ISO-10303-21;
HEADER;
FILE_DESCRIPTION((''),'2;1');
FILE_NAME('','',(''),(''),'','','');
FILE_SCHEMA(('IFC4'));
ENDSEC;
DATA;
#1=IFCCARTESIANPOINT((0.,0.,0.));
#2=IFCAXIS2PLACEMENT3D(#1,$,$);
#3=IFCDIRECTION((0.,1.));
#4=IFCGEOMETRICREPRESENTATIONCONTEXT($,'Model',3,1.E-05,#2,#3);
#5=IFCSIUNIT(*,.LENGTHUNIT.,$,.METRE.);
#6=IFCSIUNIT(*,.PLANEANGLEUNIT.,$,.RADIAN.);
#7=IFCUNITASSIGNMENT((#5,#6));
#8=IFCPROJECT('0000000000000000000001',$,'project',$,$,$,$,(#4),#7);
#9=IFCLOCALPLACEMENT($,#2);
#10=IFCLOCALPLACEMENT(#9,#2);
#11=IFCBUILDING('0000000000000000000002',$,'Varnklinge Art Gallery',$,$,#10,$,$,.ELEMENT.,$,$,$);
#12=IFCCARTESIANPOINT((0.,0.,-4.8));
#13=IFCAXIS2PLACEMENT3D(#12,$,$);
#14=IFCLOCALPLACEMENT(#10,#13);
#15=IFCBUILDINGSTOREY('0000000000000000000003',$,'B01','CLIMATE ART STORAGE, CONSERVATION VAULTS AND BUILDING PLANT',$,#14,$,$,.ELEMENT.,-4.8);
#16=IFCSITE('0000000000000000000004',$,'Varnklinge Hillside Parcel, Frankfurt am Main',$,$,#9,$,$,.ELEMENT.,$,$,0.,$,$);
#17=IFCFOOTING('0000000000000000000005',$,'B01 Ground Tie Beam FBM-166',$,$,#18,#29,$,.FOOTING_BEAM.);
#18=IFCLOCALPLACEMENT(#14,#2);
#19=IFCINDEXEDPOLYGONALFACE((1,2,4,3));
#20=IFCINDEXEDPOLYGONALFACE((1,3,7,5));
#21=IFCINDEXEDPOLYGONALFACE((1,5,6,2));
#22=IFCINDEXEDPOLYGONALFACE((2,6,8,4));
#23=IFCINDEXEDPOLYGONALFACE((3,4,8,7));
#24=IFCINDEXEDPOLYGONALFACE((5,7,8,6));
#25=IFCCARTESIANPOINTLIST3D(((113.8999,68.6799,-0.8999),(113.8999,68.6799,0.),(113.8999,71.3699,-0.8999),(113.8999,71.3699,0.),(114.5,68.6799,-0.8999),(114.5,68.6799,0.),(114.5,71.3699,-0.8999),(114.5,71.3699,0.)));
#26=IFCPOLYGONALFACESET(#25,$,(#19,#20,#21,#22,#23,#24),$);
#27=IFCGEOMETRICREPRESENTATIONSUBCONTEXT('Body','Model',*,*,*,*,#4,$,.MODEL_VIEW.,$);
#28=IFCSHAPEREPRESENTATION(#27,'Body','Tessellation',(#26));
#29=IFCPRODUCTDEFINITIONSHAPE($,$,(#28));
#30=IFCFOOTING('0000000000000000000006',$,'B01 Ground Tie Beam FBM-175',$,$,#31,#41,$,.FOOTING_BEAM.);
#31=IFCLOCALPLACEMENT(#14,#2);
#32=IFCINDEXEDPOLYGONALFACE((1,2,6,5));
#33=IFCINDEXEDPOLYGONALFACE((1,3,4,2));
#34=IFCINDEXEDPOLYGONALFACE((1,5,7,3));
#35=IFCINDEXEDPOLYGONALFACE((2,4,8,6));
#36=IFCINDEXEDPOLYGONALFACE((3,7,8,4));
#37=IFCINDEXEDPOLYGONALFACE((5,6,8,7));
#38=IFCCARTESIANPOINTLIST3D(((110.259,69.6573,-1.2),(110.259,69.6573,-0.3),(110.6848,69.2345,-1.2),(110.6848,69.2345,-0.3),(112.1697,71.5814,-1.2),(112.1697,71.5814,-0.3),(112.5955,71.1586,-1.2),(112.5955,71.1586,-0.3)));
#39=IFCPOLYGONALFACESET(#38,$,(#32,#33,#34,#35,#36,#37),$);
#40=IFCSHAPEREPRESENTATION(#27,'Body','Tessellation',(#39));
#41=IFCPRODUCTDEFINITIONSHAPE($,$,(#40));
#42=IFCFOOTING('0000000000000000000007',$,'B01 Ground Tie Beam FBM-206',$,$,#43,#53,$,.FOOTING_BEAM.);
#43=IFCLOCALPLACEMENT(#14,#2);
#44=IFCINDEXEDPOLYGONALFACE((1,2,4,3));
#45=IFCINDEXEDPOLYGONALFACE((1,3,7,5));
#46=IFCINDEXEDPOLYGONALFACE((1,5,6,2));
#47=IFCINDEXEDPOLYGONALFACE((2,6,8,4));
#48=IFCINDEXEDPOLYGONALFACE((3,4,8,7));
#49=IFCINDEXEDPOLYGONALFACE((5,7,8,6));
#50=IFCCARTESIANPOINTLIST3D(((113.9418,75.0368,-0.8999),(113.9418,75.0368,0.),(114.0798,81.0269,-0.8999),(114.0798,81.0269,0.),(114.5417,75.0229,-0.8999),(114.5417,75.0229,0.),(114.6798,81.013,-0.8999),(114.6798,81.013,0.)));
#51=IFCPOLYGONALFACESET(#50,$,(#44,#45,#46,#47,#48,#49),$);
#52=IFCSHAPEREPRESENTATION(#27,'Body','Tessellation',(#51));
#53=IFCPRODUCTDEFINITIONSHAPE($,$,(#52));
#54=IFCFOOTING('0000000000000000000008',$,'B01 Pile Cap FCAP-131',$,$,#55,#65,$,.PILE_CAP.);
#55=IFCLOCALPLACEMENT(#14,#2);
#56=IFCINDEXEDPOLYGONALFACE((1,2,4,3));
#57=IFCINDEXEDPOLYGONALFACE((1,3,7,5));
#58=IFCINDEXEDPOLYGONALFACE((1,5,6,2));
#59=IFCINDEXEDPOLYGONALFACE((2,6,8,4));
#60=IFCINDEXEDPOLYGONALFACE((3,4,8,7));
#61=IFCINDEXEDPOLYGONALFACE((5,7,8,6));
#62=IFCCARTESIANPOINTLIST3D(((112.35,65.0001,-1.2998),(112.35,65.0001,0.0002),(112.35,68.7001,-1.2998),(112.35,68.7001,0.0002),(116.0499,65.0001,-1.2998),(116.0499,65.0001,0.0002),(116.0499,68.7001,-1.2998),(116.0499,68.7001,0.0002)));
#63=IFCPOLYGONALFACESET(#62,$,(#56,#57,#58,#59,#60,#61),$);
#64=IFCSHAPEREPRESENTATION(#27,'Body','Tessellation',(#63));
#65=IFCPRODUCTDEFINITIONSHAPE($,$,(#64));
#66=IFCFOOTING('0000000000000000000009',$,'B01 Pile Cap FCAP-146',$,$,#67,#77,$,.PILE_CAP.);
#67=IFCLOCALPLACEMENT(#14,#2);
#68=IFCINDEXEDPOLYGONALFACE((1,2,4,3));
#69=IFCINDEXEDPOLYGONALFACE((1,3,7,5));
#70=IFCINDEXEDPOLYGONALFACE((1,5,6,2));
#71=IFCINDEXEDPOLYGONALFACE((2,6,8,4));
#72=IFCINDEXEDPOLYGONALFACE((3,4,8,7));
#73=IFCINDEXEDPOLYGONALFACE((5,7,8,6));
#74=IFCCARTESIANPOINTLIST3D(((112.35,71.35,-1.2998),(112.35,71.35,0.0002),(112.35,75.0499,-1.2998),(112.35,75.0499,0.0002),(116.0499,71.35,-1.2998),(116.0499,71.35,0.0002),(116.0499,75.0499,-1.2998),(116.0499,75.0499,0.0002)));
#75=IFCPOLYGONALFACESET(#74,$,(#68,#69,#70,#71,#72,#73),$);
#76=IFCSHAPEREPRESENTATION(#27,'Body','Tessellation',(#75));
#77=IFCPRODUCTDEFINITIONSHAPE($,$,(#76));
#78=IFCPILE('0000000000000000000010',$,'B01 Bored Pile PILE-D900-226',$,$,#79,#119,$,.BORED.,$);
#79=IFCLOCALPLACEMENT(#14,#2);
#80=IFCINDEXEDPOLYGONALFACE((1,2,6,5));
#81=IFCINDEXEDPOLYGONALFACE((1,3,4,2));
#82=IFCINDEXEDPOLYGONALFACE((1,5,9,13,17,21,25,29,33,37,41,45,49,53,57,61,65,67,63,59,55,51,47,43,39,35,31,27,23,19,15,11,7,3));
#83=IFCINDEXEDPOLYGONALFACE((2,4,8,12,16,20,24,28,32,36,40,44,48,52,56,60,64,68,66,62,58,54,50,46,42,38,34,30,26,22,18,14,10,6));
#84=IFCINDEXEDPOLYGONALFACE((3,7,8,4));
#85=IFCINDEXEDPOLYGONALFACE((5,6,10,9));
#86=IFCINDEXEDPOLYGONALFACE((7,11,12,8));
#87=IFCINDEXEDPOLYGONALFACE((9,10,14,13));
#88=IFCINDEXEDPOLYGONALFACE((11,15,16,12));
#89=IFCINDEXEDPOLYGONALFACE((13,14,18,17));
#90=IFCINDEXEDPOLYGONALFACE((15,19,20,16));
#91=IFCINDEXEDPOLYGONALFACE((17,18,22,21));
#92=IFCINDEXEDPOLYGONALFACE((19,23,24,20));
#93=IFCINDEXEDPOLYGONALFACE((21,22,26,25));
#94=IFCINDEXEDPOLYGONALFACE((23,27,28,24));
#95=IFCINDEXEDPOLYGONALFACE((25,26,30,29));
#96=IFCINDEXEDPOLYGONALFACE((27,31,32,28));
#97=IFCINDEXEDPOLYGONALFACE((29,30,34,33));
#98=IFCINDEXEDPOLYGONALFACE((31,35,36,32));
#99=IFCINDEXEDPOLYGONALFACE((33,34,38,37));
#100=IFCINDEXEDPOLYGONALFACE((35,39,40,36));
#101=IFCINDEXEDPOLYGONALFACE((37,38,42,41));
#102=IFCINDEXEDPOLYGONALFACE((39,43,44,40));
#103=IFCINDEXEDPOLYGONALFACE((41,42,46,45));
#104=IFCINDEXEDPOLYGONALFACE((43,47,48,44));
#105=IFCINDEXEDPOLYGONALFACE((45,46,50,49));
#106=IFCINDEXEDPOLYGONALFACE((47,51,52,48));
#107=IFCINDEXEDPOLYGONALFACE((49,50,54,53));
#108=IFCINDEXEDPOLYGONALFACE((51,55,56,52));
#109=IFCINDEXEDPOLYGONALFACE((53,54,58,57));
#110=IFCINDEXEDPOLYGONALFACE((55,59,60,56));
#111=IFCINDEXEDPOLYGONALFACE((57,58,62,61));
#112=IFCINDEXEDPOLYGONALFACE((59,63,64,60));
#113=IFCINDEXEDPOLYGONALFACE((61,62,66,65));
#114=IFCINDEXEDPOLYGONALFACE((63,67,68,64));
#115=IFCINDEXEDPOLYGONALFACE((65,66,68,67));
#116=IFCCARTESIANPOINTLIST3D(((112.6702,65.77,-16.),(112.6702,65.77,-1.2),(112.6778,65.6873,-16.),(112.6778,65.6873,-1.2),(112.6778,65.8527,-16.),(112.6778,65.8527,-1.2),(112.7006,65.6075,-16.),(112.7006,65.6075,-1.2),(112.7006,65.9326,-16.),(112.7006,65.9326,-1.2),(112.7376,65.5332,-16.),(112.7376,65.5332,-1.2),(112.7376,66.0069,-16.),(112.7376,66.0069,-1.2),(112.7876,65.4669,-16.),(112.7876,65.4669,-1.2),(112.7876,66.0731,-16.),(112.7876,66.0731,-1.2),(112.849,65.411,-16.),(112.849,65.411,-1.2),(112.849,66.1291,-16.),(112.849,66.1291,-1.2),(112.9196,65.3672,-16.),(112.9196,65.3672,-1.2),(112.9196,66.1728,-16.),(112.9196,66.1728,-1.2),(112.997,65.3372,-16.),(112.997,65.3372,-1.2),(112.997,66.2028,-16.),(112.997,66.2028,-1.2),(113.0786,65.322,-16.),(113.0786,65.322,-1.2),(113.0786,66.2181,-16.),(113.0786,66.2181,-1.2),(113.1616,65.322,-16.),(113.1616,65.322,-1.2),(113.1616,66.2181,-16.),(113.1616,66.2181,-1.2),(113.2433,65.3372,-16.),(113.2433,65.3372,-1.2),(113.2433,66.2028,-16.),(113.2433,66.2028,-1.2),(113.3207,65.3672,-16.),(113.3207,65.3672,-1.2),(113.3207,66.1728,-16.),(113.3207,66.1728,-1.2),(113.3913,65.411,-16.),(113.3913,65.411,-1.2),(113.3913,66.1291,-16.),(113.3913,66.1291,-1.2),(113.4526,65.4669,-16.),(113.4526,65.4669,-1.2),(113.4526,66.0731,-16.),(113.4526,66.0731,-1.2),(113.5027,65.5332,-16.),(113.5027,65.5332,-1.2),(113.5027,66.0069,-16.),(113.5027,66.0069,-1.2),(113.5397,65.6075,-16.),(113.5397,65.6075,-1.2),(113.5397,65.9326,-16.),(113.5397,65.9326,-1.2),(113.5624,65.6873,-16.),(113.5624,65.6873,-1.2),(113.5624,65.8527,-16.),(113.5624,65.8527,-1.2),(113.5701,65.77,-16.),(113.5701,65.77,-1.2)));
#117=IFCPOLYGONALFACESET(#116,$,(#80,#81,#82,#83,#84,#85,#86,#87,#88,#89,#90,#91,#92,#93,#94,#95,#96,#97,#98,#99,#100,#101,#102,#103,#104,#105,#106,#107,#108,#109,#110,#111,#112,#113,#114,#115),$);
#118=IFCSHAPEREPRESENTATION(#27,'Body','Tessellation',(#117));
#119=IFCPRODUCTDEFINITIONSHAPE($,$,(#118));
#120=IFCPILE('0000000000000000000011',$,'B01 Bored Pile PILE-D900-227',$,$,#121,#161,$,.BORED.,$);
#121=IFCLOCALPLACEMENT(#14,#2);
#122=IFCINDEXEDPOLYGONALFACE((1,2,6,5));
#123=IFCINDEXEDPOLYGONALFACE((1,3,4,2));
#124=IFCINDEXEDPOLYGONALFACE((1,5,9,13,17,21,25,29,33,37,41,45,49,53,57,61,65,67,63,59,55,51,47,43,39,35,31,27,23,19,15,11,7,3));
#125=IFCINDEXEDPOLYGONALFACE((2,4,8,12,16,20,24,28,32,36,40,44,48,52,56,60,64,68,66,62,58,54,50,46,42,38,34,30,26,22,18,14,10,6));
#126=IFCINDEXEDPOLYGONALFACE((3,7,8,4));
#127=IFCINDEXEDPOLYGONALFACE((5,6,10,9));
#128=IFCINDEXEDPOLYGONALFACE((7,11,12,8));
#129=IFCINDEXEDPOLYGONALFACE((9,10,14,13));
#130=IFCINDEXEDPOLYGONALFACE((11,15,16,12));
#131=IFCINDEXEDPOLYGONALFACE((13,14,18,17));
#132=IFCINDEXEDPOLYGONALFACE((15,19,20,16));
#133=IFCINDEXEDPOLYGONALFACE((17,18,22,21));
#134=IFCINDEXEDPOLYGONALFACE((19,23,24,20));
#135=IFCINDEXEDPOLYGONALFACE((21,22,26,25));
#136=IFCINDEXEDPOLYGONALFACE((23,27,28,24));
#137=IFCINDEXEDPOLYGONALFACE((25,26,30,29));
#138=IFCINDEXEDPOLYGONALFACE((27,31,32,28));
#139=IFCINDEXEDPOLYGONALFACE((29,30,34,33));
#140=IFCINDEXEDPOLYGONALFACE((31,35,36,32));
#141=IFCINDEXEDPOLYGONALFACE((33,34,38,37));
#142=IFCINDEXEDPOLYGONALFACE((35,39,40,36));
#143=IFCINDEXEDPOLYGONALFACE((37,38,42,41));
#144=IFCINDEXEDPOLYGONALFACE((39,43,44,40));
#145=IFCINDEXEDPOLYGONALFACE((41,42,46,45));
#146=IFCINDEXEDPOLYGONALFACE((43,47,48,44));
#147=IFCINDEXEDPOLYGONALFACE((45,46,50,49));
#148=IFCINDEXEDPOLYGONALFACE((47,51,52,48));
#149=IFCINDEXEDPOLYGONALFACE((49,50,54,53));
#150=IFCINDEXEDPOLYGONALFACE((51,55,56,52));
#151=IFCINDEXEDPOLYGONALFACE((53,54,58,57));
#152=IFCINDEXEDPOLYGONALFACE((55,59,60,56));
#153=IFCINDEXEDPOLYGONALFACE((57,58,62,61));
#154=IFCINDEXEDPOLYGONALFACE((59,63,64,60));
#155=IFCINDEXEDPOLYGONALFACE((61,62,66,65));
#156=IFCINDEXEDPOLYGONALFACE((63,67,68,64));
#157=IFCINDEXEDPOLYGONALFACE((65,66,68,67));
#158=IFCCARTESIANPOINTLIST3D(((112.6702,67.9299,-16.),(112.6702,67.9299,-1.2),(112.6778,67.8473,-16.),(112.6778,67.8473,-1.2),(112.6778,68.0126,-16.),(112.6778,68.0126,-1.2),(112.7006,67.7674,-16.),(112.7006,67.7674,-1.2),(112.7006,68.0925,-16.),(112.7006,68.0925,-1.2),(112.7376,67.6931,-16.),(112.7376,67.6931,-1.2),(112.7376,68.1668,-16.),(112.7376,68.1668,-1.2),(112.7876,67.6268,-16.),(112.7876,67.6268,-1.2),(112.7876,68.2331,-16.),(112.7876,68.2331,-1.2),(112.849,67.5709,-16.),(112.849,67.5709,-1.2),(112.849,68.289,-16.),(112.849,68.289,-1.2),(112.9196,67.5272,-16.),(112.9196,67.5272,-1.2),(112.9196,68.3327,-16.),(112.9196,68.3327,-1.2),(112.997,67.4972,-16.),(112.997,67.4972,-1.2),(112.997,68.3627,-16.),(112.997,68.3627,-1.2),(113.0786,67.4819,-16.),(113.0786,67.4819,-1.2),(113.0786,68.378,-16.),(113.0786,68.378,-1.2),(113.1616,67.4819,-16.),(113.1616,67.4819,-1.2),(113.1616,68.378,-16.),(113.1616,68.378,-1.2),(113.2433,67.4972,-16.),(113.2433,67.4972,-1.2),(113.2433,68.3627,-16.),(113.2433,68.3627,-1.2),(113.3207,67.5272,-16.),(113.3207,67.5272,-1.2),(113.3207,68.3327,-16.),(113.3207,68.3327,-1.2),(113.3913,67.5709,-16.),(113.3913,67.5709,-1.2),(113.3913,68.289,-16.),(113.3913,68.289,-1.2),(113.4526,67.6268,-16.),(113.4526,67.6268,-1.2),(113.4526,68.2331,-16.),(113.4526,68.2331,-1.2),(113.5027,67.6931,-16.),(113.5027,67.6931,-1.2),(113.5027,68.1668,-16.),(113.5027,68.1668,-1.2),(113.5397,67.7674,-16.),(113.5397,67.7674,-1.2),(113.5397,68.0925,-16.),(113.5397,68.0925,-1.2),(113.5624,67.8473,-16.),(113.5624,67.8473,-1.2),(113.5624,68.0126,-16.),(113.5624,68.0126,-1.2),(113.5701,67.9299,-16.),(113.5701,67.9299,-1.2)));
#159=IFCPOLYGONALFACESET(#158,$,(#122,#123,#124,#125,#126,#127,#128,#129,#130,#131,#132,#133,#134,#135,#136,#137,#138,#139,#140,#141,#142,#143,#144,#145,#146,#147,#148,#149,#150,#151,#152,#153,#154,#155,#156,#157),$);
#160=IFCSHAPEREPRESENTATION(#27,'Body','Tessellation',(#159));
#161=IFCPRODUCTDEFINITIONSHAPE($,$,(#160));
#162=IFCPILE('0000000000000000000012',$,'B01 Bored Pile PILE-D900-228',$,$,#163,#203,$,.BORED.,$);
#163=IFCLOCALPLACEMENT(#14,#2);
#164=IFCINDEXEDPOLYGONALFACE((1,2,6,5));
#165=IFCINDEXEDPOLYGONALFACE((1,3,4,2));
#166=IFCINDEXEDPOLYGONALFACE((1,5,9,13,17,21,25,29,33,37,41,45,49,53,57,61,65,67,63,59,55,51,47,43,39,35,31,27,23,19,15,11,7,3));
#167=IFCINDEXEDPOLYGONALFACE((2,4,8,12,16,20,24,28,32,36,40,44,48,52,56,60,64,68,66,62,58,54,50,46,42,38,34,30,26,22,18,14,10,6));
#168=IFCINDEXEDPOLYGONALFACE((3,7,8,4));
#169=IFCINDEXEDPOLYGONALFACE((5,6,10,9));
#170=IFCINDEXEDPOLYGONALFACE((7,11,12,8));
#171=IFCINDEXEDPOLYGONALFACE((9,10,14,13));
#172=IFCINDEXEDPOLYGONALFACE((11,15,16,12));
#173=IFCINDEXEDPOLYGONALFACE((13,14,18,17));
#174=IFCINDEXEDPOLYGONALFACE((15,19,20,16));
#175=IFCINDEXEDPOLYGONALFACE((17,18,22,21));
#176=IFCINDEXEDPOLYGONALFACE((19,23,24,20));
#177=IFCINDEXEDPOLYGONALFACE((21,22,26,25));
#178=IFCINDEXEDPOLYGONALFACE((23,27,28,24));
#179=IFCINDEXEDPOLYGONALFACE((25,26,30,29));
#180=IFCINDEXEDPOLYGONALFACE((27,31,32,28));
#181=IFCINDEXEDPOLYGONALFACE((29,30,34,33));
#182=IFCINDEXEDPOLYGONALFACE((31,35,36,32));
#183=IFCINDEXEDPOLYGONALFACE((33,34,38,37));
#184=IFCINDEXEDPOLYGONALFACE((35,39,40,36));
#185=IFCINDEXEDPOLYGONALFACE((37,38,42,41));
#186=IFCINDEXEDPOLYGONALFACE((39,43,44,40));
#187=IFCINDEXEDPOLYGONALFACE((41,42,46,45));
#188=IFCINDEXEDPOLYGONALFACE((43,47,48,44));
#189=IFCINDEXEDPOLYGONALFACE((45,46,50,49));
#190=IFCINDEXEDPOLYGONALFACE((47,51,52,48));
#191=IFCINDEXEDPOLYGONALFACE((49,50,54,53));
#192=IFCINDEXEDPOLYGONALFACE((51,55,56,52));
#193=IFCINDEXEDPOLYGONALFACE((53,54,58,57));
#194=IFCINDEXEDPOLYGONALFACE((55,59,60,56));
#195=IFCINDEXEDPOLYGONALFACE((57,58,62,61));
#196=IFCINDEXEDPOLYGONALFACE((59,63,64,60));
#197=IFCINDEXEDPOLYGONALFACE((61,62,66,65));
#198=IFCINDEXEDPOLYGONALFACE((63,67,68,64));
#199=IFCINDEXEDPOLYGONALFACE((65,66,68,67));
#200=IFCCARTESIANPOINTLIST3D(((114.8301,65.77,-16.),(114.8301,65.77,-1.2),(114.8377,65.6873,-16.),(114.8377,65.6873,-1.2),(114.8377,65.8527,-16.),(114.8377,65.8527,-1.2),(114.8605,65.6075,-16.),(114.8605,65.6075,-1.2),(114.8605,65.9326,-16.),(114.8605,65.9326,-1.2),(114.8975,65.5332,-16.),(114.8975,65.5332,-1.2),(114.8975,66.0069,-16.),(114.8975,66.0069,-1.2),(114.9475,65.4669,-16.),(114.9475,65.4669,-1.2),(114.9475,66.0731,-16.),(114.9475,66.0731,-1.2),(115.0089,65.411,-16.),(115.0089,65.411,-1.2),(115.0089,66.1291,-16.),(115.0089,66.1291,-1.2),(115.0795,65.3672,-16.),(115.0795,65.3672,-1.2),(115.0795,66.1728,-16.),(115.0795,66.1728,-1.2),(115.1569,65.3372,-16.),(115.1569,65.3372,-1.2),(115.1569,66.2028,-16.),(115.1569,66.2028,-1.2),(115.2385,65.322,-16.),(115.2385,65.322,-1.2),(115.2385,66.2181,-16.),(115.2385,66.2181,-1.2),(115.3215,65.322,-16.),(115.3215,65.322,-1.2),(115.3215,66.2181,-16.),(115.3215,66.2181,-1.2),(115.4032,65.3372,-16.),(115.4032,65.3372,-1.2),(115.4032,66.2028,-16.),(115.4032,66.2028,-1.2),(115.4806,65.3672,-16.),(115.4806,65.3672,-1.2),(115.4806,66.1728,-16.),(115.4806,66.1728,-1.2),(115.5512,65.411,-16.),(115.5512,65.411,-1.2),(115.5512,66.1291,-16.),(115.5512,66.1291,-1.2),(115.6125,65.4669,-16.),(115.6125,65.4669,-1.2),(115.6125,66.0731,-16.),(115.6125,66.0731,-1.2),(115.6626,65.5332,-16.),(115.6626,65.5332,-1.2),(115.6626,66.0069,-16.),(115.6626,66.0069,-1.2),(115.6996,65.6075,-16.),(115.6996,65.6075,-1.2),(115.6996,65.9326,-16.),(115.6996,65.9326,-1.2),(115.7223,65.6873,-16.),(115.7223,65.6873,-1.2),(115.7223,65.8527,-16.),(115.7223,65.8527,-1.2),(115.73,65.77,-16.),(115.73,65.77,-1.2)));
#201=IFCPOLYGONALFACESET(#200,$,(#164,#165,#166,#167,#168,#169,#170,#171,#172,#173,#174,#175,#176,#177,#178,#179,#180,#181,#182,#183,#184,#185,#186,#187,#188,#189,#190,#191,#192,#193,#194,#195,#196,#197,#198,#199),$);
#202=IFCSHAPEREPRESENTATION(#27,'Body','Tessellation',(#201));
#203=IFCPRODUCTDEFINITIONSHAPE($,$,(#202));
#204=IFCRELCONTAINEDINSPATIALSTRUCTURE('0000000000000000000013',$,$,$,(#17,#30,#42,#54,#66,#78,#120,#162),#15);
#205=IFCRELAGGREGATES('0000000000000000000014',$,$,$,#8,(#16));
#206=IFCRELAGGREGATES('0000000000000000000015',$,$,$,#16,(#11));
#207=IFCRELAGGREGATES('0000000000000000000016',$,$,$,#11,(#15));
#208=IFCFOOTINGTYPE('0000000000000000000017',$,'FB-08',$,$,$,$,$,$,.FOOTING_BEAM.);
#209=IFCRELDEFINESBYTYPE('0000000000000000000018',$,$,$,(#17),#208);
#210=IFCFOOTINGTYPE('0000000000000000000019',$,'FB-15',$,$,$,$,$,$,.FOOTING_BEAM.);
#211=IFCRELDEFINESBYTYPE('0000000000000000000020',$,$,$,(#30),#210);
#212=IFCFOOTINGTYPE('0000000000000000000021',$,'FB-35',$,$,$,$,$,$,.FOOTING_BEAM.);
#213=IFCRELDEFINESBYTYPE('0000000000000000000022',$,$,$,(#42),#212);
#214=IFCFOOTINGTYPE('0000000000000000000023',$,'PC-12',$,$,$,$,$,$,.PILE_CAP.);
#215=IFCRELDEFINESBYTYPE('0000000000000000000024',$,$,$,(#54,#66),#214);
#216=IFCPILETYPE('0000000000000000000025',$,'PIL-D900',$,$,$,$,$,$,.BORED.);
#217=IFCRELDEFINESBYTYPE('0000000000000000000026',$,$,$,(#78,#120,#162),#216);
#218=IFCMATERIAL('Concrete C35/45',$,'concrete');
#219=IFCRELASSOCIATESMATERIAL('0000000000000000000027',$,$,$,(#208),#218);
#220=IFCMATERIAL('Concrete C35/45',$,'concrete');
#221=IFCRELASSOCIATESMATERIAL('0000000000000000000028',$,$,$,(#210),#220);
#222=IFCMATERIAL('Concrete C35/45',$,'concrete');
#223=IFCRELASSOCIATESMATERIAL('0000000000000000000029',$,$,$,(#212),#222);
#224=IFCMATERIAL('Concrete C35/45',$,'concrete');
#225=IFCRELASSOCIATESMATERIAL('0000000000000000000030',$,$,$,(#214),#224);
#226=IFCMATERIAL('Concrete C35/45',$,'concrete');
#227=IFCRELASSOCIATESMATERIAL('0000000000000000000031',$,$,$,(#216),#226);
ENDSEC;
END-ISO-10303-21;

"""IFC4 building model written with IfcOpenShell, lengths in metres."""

from ifc_helpers import new_model, si_unit, direction, frame, origin, origin_2d, place, context, subcontext, project, spatial, rectangle, circle, extrude, material, material_profile, profile_set, type_object, element, save


model = new_model("IFC4")

# Units and contexts
model_context = context("Model", 3, precision=1e-05, world=origin(), true_north=direction((0.0, 1.0)))
body_context = subcontext(model_context, "Body", "Model", "MODEL_VIEW")
ifc_project = project(units=[si_unit("LENGTHUNIT", "METRE"), si_unit("PLANEANGLEUNIT", "RADIAN")], contexts=[model_context])

# Site, building, storey
site_placement = place(None, origin())
site = spatial("IfcSite", under=ifc_project, at=site_placement, Name="Varnklinge Hillside Parcel, Frankfurt am Main", CompositionType="ELEMENT", RefElevation=0.0)
building_placement = place(site_placement, origin())
building = spatial("IfcBuilding", under=site, at=building_placement, Name="Varnklinge Art Gallery", CompositionType="ELEMENT")
storey_placement = place(building_placement, frame((0.0, 0.0, -4.8)))
storey = spatial("IfcBuildingStorey", under=building, at=storey_placement, Name="B01", Description="CLIMATE ART STORAGE, CONSERVATION VAULTS AND BUILDING PLANT", CompositionType="ELEMENT", Elevation=-4.8)

# Footings
ifc_material_1 = material(Name="Concrete C35/45", Category="concrete")
footing_type_1 = type_object("IfcFootingType", Name="FB-08", PredefinedType="FOOTING_BEAM", material=ifc_material_1)
footing_1_placement = place(storey_placement, frame((114.2, 70.0249, -0.8999), z_axis=(0.0, 0.0, 1.0), x_axis=(0.0, 1.0, 0.0)))
element("IfcFooting", 1, at=footing_1_placement, inside=storey, type_object=footing_type_1, Name="B01 Ground Tie Beam FBM-166", PredefinedType="FOOTING_BEAM", context=body_context, shape_type="SweptSolid", body=[
    extrude(rectangle(XDim=2.6899, YDim=0.6001, at=origin_2d()), origin(), (0.0, 0.0, 1.0), 0.8999),
])
ifc_material_2 = material(Name="Concrete C35/45", Category="concrete")
footing_type_2 = type_object("IfcFootingType", Name="FB-15", PredefinedType="FOOTING_BEAM", material=ifc_material_2)
footing_2_placement = place(storey_placement, frame((111.4272, 70.408, -1.2), z_axis=(0.0, 0.0, 1.0), x_axis=(0.704634, 0.709571, 0.0)))
element("IfcFooting", 2, at=footing_2_placement, inside=storey, type_object=footing_type_2, Name="B01 Ground Tie Beam FBM-175", PredefinedType="FOOTING_BEAM", context=body_context, shape_type="SweptSolid", body=[
    extrude(rectangle(XDim=2.7117, YDim=0.6001, at=origin_2d()), origin(), (0.0, 0.0, 1.0), 0.8999),
])
ifc_material_3 = material(Name="Concrete C35/45", Category="concrete")
footing_type_3 = type_object("IfcFootingType", Name="FB-35", PredefinedType="FOOTING_BEAM", material=ifc_material_3)
footing_3_placement = place(storey_placement, frame((114.3108, 78.0249, -0.8999), z_axis=(0.0, 0.0, 1.0), x_axis=(-0.023036, -0.999735, 0.0)))
element("IfcFooting", 3, at=footing_3_placement, inside=storey, type_object=footing_type_3, Name="B01 Ground Tie Beam FBM-206", PredefinedType="FOOTING_BEAM", context=body_context, shape_type="SweptSolid", body=[
    extrude(rectangle(XDim=5.9917, YDim=0.6001, at=origin_2d()), origin(), (0.0, 0.0, 1.0), 0.8999),
])
ifc_material_4 = material(Name="Concrete C35/45", Category="concrete")
footing_type_4 = type_object("IfcFootingType", Name="PC-12", PredefinedType="PILE_CAP", material=ifc_material_4)
for number, where, z_axis, x_axis, name in (
    (4, (114.2, 66.8501, -1.2998), (0.0, 0.0, 1.0), (1.0, 0.0, 0.0), "B01 Pile Cap FCAP-131"),
    (5, (114.2, 73.2, -1.2998), (0.0, 0.0, 1.0), (1.0, 0.0, 0.0), "B01 Pile Cap FCAP-146"),
):
    element("IfcFooting", number, at=place(storey_placement, frame(where, z_axis=z_axis, x_axis=x_axis)), inside=storey, type_object=footing_type_4, Name=name, PredefinedType="PILE_CAP", context=body_context, shape_type="SweptSolid", body=[
        extrude(rectangle(XDim=3.7, YDim=3.7, at=origin_2d()), origin(), (0.0, 0.0, 1.0), 1.3),
    ])

# Piles
ifc_material_5 = material(Name="Concrete C35/45", Category="concrete")
ifc_material_profile_1 = material_profile(ifc_material_5, circle(Radius=0.45, at=origin_2d()), Name="PILE D900")
ifc_profile_set_1 = profile_set([ifc_material_profile_1], Name="Concrete C35/45")
pile_type = type_object("IfcPileType", Name="PIL-D900", PredefinedType="BORED", material=ifc_profile_set_1)
for number, where, z_axis, x_axis, name in (
    (6, (113.1201, 65.77, -1.2), (0.0, 0.0, -1.0), (1.0, 0.0, 0.0), "B01 Bored Pile PILE-D900-226"),
    (7, (113.1201, 67.9299, -1.2), (0.0, 0.0, -1.0), (1.0, 0.0, 0.0), "B01 Bored Pile PILE-D900-227"),
    (8, (115.28, 65.77, -1.2), (0.0, 0.0, -1.0), (1.0, 0.0, 0.0), "B01 Bored Pile PILE-D900-228"),
):
    element("IfcPile", number, at=place(storey_placement, frame(where, z_axis=z_axis, x_axis=x_axis)), inside=storey, type_object=pile_type, Name=name, PredefinedType="BORED", context=body_context, shape_type="SweptSolid", body=[
        extrude(circle(Radius=0.45, at=origin_2d()), origin(), (0.0, 0.0, 1.0), 14.8),
    ])

save(model, "model.ifc")
